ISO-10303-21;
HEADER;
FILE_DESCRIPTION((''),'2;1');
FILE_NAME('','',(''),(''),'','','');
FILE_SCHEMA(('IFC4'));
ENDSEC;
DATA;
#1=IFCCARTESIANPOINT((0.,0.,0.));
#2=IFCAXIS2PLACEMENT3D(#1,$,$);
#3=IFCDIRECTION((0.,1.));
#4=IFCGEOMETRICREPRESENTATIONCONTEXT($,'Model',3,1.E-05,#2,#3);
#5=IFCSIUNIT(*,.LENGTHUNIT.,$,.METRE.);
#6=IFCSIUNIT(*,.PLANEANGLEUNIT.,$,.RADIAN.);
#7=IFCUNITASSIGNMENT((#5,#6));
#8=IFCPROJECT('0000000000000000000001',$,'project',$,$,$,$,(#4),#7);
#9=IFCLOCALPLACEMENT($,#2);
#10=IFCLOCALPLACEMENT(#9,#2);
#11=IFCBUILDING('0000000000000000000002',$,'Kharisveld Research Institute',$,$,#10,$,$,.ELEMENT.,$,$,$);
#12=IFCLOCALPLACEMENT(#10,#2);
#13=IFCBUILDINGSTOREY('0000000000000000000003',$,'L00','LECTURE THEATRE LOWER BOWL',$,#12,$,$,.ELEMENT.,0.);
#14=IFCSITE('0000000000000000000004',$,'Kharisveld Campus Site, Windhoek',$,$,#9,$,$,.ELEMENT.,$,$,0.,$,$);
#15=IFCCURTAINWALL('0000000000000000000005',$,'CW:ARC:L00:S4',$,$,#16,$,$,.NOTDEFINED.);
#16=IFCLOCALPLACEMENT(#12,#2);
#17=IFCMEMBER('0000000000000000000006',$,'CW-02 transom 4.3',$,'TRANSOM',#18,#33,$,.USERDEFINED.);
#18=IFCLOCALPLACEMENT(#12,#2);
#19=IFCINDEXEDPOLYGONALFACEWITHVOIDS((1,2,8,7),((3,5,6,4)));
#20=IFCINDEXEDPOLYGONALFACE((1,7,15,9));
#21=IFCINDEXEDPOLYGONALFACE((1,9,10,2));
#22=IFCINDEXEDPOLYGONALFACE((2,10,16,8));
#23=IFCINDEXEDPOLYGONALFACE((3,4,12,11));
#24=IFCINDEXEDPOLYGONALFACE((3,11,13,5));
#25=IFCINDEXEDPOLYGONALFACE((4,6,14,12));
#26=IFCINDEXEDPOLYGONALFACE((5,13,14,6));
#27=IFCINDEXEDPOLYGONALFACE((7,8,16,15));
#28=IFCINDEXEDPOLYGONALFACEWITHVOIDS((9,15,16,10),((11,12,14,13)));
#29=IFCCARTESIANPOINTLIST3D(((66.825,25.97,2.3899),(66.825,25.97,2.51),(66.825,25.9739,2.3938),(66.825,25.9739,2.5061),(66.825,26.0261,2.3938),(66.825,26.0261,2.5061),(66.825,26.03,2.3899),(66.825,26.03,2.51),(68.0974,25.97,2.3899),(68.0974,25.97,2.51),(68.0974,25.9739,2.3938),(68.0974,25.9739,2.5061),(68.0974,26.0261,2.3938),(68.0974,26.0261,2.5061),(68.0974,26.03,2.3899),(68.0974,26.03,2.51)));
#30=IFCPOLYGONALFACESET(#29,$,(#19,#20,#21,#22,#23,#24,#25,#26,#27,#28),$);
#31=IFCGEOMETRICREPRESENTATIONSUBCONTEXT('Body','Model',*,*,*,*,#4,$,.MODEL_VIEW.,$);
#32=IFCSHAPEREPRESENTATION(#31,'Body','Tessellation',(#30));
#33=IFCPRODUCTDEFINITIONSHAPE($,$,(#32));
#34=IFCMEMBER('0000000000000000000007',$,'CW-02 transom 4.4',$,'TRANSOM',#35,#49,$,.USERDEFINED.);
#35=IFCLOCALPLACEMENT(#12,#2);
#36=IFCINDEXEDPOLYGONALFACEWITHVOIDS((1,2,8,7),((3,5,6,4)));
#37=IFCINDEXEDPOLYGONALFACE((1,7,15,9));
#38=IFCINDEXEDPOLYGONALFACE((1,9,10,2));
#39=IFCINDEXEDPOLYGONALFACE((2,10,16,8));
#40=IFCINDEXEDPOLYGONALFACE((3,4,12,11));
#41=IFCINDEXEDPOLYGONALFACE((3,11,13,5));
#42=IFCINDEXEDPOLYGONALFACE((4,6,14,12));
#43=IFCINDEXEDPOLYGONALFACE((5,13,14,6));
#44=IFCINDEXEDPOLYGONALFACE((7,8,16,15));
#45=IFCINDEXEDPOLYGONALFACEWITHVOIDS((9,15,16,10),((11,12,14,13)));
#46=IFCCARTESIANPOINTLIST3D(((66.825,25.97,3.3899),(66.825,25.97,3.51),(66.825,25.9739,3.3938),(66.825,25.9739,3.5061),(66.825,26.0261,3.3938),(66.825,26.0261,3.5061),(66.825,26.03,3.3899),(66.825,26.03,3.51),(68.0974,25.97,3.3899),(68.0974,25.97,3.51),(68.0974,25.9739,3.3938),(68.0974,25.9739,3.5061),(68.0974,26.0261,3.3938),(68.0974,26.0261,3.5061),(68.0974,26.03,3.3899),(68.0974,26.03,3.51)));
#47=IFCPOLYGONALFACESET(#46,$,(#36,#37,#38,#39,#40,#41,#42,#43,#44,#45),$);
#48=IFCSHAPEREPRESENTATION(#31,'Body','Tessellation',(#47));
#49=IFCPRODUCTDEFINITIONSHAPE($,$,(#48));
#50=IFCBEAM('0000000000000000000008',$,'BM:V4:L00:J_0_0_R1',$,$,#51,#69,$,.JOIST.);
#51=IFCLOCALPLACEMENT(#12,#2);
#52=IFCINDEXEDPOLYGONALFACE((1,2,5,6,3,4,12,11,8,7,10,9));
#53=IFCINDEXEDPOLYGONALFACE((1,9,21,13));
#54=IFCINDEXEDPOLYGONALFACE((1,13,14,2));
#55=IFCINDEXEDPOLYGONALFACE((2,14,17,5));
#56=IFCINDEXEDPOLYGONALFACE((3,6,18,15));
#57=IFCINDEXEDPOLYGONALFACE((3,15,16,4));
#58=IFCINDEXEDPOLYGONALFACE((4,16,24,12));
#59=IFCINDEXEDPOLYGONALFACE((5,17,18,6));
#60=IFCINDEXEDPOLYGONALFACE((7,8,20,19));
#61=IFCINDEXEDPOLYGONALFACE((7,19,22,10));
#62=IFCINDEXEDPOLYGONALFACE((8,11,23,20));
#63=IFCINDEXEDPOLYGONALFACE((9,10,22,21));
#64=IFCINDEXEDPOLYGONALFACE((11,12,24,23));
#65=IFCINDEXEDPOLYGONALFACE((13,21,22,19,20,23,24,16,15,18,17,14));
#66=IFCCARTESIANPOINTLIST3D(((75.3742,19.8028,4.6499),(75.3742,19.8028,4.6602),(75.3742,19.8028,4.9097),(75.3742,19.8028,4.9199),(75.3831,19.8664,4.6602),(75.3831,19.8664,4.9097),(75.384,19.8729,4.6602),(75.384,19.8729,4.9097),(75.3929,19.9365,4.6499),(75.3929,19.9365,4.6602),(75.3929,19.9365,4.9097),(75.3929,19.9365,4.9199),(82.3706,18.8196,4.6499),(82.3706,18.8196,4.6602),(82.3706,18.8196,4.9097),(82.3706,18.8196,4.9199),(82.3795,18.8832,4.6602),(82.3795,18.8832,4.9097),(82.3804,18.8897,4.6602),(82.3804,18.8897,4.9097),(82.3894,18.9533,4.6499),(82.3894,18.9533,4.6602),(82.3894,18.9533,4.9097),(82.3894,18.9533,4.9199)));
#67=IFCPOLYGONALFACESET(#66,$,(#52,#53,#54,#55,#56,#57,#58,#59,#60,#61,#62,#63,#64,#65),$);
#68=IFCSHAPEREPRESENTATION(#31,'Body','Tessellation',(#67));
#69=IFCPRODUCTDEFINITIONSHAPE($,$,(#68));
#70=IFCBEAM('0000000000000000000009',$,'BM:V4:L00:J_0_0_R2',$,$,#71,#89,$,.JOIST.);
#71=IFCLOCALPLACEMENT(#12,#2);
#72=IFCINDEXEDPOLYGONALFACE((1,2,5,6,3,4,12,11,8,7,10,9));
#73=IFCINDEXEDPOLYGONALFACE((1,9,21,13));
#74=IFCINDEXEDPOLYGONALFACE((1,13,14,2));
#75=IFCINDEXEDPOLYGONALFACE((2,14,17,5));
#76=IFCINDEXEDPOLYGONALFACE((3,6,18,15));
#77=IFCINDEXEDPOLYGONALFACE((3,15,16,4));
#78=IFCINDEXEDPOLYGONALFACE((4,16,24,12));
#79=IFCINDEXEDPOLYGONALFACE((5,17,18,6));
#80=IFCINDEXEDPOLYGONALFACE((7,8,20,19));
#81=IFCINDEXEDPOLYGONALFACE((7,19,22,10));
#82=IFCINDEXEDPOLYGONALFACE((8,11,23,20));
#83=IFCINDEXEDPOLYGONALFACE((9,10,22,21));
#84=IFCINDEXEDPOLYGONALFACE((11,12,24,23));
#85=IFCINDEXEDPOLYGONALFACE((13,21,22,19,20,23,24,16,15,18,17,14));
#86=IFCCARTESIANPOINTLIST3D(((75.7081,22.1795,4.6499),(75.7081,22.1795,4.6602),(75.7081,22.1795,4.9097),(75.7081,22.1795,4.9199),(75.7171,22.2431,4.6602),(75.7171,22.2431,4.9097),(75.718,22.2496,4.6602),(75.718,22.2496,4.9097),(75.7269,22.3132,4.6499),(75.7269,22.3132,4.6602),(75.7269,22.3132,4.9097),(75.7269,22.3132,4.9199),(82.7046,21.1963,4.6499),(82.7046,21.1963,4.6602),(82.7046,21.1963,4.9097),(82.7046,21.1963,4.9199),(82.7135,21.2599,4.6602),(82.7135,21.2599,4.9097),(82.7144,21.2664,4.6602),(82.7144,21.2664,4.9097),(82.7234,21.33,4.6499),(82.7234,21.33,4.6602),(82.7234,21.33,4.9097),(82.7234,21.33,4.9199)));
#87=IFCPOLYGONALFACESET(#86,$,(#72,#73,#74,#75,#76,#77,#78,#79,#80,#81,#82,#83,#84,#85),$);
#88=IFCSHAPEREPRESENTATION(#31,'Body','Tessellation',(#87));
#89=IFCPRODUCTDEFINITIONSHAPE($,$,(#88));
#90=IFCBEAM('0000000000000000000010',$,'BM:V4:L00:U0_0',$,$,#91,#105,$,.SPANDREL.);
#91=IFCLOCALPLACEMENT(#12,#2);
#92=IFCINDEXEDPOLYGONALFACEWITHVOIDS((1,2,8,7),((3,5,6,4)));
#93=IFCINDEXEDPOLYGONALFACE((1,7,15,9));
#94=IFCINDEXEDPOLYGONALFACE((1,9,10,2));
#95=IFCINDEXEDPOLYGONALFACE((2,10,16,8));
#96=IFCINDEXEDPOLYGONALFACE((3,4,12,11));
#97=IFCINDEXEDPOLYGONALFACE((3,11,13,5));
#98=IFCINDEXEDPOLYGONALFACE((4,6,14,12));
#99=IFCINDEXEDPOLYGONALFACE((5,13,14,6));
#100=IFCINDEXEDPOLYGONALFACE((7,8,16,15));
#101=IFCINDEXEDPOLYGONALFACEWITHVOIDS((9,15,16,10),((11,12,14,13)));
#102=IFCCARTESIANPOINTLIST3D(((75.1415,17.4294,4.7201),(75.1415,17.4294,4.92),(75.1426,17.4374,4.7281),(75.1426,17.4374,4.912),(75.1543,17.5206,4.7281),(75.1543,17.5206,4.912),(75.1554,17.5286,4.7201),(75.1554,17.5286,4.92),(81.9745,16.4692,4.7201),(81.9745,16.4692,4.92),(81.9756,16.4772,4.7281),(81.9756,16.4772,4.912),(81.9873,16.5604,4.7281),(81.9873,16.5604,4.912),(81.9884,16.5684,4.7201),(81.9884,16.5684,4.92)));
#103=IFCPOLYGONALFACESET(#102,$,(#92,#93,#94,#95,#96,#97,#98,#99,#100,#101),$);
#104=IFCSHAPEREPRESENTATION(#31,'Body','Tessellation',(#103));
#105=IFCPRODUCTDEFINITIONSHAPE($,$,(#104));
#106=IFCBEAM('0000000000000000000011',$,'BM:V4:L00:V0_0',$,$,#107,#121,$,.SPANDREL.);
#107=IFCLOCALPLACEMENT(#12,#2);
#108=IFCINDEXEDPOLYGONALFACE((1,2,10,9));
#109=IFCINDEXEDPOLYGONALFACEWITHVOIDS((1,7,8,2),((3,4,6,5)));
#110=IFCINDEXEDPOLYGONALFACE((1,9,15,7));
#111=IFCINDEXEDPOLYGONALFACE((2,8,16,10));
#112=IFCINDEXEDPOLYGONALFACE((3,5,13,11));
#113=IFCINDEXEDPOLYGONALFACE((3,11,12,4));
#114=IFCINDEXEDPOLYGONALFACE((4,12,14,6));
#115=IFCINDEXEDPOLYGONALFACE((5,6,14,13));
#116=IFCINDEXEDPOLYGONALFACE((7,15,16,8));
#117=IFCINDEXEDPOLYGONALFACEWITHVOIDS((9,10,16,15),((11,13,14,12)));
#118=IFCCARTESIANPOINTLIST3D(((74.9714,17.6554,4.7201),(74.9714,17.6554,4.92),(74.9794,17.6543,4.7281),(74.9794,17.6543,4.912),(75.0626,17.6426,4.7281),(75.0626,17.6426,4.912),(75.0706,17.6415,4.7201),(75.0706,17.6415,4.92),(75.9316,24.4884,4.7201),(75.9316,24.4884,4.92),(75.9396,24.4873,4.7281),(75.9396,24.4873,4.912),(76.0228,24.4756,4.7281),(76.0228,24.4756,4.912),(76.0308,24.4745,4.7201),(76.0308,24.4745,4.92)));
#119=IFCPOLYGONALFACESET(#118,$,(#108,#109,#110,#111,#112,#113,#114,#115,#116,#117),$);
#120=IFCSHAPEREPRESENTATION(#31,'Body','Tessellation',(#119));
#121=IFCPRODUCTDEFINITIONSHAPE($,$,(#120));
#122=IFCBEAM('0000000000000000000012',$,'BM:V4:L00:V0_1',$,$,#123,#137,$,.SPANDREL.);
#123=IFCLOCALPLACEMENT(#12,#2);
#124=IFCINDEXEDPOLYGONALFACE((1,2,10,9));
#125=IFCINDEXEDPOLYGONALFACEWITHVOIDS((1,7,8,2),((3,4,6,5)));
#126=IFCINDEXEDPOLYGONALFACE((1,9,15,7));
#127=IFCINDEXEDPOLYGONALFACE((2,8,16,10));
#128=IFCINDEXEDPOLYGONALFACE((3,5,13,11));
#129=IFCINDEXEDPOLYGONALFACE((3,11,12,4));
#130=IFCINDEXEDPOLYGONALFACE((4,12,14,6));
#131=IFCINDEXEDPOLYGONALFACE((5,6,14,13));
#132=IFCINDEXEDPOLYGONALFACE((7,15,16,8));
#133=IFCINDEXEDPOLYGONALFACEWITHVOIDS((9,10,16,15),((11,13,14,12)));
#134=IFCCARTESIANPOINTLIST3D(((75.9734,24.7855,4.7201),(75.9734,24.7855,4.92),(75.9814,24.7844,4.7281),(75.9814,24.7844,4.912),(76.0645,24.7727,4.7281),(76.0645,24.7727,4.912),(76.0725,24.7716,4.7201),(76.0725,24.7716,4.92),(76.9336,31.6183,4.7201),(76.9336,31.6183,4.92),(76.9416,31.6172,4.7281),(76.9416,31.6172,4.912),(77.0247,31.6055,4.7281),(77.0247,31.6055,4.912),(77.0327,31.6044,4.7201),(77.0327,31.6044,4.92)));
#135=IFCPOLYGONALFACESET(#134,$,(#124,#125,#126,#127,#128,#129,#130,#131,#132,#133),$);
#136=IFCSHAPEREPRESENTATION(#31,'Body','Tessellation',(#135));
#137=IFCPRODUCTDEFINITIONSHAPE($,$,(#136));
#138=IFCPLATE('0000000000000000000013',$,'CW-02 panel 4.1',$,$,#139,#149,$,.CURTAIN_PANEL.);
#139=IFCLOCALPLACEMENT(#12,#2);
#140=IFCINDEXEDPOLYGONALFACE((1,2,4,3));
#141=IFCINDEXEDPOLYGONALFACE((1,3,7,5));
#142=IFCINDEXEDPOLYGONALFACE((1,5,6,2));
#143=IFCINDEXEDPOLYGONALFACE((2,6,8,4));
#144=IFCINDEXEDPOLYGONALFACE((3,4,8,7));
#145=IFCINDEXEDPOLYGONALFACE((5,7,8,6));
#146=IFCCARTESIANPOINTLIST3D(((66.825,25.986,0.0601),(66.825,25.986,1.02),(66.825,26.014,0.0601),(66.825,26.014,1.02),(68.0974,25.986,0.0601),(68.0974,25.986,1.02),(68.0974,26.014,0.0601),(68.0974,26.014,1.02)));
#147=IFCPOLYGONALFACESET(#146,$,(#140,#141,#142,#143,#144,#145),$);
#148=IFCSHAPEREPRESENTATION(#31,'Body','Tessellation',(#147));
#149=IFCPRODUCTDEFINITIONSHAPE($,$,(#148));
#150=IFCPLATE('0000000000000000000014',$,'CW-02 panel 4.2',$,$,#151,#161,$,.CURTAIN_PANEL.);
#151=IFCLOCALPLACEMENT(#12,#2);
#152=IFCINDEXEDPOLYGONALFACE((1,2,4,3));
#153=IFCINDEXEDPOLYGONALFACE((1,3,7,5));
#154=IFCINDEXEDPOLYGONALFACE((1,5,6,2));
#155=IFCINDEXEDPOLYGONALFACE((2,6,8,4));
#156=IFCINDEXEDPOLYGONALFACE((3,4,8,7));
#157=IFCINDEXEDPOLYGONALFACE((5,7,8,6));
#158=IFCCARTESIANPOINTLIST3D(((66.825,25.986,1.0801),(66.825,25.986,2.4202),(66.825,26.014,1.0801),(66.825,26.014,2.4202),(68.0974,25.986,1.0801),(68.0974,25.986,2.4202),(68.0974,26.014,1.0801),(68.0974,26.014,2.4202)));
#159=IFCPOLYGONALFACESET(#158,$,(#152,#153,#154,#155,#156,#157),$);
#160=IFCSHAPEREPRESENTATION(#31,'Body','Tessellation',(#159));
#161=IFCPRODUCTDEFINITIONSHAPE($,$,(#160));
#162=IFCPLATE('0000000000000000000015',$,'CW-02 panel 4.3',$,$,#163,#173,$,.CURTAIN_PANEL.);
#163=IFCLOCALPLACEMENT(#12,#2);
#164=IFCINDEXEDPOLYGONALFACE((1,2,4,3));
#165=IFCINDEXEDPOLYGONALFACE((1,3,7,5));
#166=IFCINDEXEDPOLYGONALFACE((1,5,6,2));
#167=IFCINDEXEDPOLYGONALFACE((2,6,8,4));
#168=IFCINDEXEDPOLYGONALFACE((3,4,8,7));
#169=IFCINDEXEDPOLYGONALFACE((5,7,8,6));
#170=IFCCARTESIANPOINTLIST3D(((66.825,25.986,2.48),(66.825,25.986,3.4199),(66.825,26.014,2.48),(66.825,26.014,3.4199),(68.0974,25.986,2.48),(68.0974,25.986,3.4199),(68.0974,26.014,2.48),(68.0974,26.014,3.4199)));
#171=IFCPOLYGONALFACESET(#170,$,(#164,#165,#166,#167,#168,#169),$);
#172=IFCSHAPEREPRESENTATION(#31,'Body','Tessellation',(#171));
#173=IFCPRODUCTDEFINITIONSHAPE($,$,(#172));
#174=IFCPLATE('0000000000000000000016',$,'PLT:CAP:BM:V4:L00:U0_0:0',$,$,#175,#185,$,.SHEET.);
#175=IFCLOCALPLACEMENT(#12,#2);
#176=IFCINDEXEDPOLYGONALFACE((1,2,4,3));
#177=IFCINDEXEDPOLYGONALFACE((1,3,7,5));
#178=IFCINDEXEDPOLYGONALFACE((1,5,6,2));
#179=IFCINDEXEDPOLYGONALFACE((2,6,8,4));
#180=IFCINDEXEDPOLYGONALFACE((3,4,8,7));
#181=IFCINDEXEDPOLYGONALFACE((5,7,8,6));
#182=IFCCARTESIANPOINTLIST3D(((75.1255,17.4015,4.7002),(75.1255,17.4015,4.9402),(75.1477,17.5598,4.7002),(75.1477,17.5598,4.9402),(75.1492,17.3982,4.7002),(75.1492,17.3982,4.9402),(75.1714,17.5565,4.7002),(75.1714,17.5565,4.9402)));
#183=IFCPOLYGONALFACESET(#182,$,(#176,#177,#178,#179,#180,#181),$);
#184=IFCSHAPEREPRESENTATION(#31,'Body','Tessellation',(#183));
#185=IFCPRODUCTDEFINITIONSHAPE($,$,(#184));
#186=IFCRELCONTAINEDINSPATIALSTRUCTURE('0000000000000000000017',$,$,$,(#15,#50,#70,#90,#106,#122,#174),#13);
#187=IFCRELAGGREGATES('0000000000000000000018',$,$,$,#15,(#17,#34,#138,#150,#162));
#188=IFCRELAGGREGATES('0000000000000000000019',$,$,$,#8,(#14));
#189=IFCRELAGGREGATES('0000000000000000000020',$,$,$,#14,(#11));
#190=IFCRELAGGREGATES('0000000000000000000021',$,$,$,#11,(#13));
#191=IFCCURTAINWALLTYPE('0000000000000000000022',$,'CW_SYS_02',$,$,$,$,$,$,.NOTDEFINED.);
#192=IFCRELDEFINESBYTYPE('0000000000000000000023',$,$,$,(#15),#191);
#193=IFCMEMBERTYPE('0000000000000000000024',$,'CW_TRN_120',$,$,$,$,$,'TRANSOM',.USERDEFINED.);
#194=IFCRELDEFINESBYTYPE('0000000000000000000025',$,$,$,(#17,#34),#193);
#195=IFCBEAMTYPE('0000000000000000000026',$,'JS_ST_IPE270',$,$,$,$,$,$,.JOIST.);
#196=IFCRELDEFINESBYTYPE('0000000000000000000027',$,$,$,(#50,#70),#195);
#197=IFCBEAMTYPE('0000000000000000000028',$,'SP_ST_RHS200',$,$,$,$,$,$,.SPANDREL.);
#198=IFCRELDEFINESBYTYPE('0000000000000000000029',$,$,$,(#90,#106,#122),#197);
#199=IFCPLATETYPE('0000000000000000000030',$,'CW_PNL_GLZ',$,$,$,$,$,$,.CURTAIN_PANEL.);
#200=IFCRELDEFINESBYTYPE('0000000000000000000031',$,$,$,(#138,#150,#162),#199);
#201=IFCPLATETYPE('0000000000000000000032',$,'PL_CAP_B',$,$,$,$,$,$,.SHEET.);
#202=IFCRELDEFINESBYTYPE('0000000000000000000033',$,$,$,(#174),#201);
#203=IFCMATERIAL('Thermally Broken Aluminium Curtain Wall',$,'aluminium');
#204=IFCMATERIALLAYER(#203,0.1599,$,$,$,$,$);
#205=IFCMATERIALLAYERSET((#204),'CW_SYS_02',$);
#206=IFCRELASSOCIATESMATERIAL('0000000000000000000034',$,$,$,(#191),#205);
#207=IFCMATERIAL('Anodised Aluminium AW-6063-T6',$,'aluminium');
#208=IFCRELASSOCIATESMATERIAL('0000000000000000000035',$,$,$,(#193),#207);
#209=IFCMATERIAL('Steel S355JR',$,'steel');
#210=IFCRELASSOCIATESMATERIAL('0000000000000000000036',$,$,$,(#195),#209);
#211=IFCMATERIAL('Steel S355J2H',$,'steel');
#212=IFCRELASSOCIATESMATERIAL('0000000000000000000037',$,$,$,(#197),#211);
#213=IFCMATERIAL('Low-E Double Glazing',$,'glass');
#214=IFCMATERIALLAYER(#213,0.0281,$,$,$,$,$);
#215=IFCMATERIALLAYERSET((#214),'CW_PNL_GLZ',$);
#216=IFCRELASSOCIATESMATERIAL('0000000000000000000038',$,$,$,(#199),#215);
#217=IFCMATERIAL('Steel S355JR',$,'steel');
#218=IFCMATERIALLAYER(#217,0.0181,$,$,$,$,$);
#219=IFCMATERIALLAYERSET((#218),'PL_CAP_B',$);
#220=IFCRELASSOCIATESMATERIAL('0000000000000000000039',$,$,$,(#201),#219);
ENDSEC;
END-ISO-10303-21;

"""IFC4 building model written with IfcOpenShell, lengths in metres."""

from ifc_helpers import new_model, si_unit, direction, frame, origin, origin_2d, place, context, subcontext, project, spatial, rectangle, hollow_rectangle, i_section, extrude, material, layer, layer_set, material_profile, profile_set, type_object, element, aggregate, save


model = new_model("IFC4")

# Units and contexts
model_context = context("Model", 3, precision=1e-05, world=origin(), true_north=direction((0.0, 1.0)))
body_context = subcontext(model_context, "Body", "Model", "MODEL_VIEW")
ifc_project = project(units=[si_unit("LENGTHUNIT", "METRE"), si_unit("PLANEANGLEUNIT", "RADIAN")], contexts=[model_context])

# Site, building, storey
site_placement = place(None, origin())
site = spatial("IfcSite", under=ifc_project, at=site_placement, Name="Kharisveld Campus Site, Windhoek", CompositionType="ELEMENT", RefElevation=0.0)
building_placement = place(site_placement, origin())
building = spatial("IfcBuilding", under=site, at=building_placement, Name="Kharisveld Research Institute", CompositionType="ELEMENT")
storey_placement = place(building_placement, origin())
storey = spatial("IfcBuildingStorey", under=building, at=storey_placement, Name="L00", Description="LECTURE THEATRE LOWER BOWL", CompositionType="ELEMENT", Elevation=0.0)

# Curtain wall, members
ifc_material_1 = material(Name="Thermally Broken Aluminium Curtain Wall", Category="aluminium")
ifc_layer_1 = layer(ifc_material_1, 0.1599)
ifc_layer_set_1 = layer_set([ifc_layer_1], Name="CW_SYS_02")
curtain_wall_type = type_object("IfcCurtainWallType", Name="CW_SYS_02", PredefinedType="NOTDEFINED", material=ifc_layer_set_1)
curtain_wall_placement = place(storey_placement, origin())
curtain_wall = element("IfcCurtainWall", 1, at=curtain_wall_placement, inside=storey, type_object=curtain_wall_type, Name="CW:ARC:L00:S4", PredefinedType="NOTDEFINED")
ifc_material_2 = material(Name="Anodised Aluminium AW-6063-T6", Category="aluminium")
ifc_material_profile_1 = material_profile(ifc_material_2, hollow_rectangle(XDim=0.0601, YDim=0.1201, WallThickness=0.0039, at=origin_2d()))
ifc_profile_set_1 = profile_set([ifc_material_profile_1], Name="Anodised Aluminium AW-6063-T6")
member_type_1 = type_object("IfcMemberType", Name="CW_TRN_120", ElementType="TRANSOM", PredefinedType="USERDEFINED", material=ifc_profile_set_1)
member_1_placement = place(storey_placement, frame((68.0974, 26.0, 2.45), z_axis=(-1.0, 0.0, 0.0), x_axis=(0.0, -1.0, 0.0)))
member_1 = element("IfcMember", 2, at=member_1_placement, type_object=member_type_1, Name="CW-02 transom 4.3", ObjectType="TRANSOM", PredefinedType="USERDEFINED", context=body_context, shape_type="SweptSolid", body=[
    extrude(hollow_rectangle(XDim=0.0601, YDim=0.1201, WallThickness=0.0039, at=origin_2d()), origin(), (0.0, 0.0, 1.0), 1.2725),
])
member_2_placement = place(storey_placement, frame((68.0974, 26.0, 3.45), z_axis=(-1.0, 0.0, 0.0), x_axis=(0.0, -1.0, 0.0)))
member_2 = element("IfcMember", 3, at=member_2_placement, type_object=member_type_1, Name="CW-02 transom 4.4", ObjectType="TRANSOM", PredefinedType="USERDEFINED", context=body_context, shape_type="SweptSolid", body=[
    extrude(hollow_rectangle(XDim=0.0601, YDim=0.1201, WallThickness=0.0039, at=origin_2d()), origin(), (0.0, 0.0, 1.0), 1.2725),
])

# Beams
ifc_material_3 = material(Name="Steel S355JR", Category="steel")
ifc_material_profile_2 = material_profile(ifc_material_3, i_section(OverallWidth=0.135, OverallDepth=0.27, WebThickness=0.0066, FlangeThickness=0.0103, at=origin_2d()))
ifc_profile_set_2 = profile_set([ifc_material_profile_2], Name="Steel S355JR")
beam_type_1 = type_object("IfcBeamType", Name="JS_ST_IPE270", PredefinedType="JOIST", material=ifc_profile_set_2)
for number, where, z_axis, x_axis, name in (
    (4, (75.3835, 19.8696, 4.7849), (0.99027, -0.139157, 0.0), (0.139157, 0.99027, 0.0), "BM:V4:L00:J_0_0_R1"),
    (5, (75.7175, 22.2463, 4.7849), (0.99027, -0.139157, 0.0), (0.139157, 0.99027, 0.0), "BM:V4:L00:J_0_0_R2"),
):
    element("IfcBeam", number, at=place(storey_placement, frame(where, z_axis=z_axis, x_axis=x_axis)), inside=storey, type_object=beam_type_1, Name=name, PredefinedType="JOIST", context=body_context, shape_type="SweptSolid", body=[
        extrude(i_section(OverallWidth=0.135, OverallDepth=0.27, WebThickness=0.0066, FlangeThickness=0.0103, at=origin_2d()), origin(), (0.0, 0.0, 1.0), 7.0652),
    ])
ifc_material_4 = material(Name="Steel S355J2H", Category="steel")
ifc_material_profile_3 = material_profile(ifc_material_4, hollow_rectangle(XDim=0.1001, YDim=0.2, WallThickness=0.0081, at=origin_2d()))
ifc_profile_set_3 = profile_set([ifc_material_profile_3], Name="Steel S355J2H")
beam_type_2 = type_object("IfcBeamType", Name="SP_ST_RHS200", PredefinedType="SPANDREL", material=ifc_profile_set_3)
for number, where, z_axis, x_axis, name in (
    (6, (75.1484, 17.479, 4.8201), (0.99027, -0.139157, 0.0), (0.139157, 0.99027, 0.0), "BM:V4:L00:U0_0"),
    (7, (75.021, 17.6484, 4.8201), (0.139157, 0.99027, 0.0), (-0.99027, 0.139157, 0.0), "BM:V4:L00:V0_0"),
):
    element("IfcBeam", number, at=place(storey_placement, frame(where, z_axis=z_axis, x_axis=x_axis)), inside=storey, type_object=beam_type_2, Name=name, PredefinedType="SPANDREL", context=body_context, shape_type="SweptSolid", body=[
        extrude(hollow_rectangle(XDim=0.1001, YDim=0.2, WallThickness=0.0081, at=origin_2d()), origin(), (0.0, 0.0, 1.0), 6.9001),
    ])
beam_1_placement = place(storey_placement, frame((76.0229, 24.7786, 4.8201), z_axis=(0.139162, 0.99027, 0.0), x_axis=(-0.99027, 0.139162, 0.0)))
element("IfcBeam", 8, at=beam_1_placement, inside=storey, type_object=beam_type_2, Name="BM:V4:L00:V0_1", PredefinedType="SPANDREL", context=body_context, shape_type="SweptSolid", body=[
    extrude(hollow_rectangle(XDim=0.1001, YDim=0.2, WallThickness=0.0081, at=origin_2d()), origin(), (0.0, 0.0, 1.0), 6.8999),
])

# Plates
ifc_material_5 = material(Name="Low-E Double Glazing", Category="glass")
ifc_layer_2 = layer(ifc_material_5, 0.0281)
ifc_layer_set_2 = layer_set([ifc_layer_2], Name="CW_PNL_GLZ")
plate_type_1 = type_object("IfcPlateType", Name="CW_PNL_GLZ", PredefinedType="CURTAIN_PANEL", material=ifc_layer_set_2)
plate_1_placement = place(storey_placement, frame((67.4612, 26.0, 0.0601), z_axis=(0.0, 0.0, 1.0), x_axis=(-1.0, 0.0, 0.0)))
plate_1 = element("IfcPlate", 9, at=plate_1_placement, type_object=plate_type_1, Name="CW-02 panel 4.1", PredefinedType="CURTAIN_PANEL", context=body_context, shape_type="SweptSolid", body=[
    extrude(rectangle(XDim=1.2725, YDim=0.0281, at=origin_2d()), origin(), (0.0, 0.0, 1.0), 0.96),
])
plate_2_placement = place(storey_placement, frame((67.4612, 26.0, 1.0801), z_axis=(0.0, 0.0, 1.0), x_axis=(-1.0, 0.0, 0.0)))
plate_2 = element("IfcPlate", 10, at=plate_2_placement, type_object=plate_type_1, Name="CW-02 panel 4.2", PredefinedType="CURTAIN_PANEL", context=body_context, shape_type="SweptSolid", body=[
    extrude(rectangle(XDim=1.2725, YDim=0.0281, at=origin_2d()), origin(), (0.0, 0.0, 1.0), 1.3401),
])
plate_3_placement = place(storey_placement, frame((67.4612, 26.0, 2.48), z_axis=(0.0, 0.0, 1.0), x_axis=(-1.0, 0.0, 0.0)))
plate_3 = element("IfcPlate", 11, at=plate_3_placement, type_object=plate_type_1, Name="CW-02 panel 4.3", PredefinedType="CURTAIN_PANEL", context=body_context, shape_type="SweptSolid", body=[
    extrude(rectangle(XDim=1.2725, YDim=0.0281, at=origin_2d()), origin(), (0.0, 0.0, 1.0), 0.9399),
])
aggregate(curtain_wall, [member_1, member_2, plate_1, plate_2, plate_3])
ifc_material_6 = material(Name="Steel S355JR", Category="steel")
ifc_layer_3 = layer(ifc_material_6, 0.0181)
ifc_layer_set_3 = layer_set([ifc_layer_3], Name="PL_CAP_B")
plate_type_2 = type_object("IfcPlateType", Name="PL_CAP_B", PredefinedType="SHEET", material=ifc_layer_set_3)
plate_4_placement = place(storey_placement, frame((75.1484, 17.479, 4.7002), z_axis=(0.0, 0.0, 1.0), x_axis=(0.990268, -0.139173, 0.0)))
element("IfcPlate", 12, at=plate_4_placement, inside=storey, type_object=plate_type_2, Name="PLT:CAP:BM:V4:L00:U0_0:0", PredefinedType="SHEET", context=body_context, shape_type="SweptSolid", body=[
    extrude(rectangle(XDim=0.0239, YDim=0.1599, at=origin_2d()), origin(), (0.0, 0.0, 1.0), 0.24),
])

save(model, "model.ifc")
